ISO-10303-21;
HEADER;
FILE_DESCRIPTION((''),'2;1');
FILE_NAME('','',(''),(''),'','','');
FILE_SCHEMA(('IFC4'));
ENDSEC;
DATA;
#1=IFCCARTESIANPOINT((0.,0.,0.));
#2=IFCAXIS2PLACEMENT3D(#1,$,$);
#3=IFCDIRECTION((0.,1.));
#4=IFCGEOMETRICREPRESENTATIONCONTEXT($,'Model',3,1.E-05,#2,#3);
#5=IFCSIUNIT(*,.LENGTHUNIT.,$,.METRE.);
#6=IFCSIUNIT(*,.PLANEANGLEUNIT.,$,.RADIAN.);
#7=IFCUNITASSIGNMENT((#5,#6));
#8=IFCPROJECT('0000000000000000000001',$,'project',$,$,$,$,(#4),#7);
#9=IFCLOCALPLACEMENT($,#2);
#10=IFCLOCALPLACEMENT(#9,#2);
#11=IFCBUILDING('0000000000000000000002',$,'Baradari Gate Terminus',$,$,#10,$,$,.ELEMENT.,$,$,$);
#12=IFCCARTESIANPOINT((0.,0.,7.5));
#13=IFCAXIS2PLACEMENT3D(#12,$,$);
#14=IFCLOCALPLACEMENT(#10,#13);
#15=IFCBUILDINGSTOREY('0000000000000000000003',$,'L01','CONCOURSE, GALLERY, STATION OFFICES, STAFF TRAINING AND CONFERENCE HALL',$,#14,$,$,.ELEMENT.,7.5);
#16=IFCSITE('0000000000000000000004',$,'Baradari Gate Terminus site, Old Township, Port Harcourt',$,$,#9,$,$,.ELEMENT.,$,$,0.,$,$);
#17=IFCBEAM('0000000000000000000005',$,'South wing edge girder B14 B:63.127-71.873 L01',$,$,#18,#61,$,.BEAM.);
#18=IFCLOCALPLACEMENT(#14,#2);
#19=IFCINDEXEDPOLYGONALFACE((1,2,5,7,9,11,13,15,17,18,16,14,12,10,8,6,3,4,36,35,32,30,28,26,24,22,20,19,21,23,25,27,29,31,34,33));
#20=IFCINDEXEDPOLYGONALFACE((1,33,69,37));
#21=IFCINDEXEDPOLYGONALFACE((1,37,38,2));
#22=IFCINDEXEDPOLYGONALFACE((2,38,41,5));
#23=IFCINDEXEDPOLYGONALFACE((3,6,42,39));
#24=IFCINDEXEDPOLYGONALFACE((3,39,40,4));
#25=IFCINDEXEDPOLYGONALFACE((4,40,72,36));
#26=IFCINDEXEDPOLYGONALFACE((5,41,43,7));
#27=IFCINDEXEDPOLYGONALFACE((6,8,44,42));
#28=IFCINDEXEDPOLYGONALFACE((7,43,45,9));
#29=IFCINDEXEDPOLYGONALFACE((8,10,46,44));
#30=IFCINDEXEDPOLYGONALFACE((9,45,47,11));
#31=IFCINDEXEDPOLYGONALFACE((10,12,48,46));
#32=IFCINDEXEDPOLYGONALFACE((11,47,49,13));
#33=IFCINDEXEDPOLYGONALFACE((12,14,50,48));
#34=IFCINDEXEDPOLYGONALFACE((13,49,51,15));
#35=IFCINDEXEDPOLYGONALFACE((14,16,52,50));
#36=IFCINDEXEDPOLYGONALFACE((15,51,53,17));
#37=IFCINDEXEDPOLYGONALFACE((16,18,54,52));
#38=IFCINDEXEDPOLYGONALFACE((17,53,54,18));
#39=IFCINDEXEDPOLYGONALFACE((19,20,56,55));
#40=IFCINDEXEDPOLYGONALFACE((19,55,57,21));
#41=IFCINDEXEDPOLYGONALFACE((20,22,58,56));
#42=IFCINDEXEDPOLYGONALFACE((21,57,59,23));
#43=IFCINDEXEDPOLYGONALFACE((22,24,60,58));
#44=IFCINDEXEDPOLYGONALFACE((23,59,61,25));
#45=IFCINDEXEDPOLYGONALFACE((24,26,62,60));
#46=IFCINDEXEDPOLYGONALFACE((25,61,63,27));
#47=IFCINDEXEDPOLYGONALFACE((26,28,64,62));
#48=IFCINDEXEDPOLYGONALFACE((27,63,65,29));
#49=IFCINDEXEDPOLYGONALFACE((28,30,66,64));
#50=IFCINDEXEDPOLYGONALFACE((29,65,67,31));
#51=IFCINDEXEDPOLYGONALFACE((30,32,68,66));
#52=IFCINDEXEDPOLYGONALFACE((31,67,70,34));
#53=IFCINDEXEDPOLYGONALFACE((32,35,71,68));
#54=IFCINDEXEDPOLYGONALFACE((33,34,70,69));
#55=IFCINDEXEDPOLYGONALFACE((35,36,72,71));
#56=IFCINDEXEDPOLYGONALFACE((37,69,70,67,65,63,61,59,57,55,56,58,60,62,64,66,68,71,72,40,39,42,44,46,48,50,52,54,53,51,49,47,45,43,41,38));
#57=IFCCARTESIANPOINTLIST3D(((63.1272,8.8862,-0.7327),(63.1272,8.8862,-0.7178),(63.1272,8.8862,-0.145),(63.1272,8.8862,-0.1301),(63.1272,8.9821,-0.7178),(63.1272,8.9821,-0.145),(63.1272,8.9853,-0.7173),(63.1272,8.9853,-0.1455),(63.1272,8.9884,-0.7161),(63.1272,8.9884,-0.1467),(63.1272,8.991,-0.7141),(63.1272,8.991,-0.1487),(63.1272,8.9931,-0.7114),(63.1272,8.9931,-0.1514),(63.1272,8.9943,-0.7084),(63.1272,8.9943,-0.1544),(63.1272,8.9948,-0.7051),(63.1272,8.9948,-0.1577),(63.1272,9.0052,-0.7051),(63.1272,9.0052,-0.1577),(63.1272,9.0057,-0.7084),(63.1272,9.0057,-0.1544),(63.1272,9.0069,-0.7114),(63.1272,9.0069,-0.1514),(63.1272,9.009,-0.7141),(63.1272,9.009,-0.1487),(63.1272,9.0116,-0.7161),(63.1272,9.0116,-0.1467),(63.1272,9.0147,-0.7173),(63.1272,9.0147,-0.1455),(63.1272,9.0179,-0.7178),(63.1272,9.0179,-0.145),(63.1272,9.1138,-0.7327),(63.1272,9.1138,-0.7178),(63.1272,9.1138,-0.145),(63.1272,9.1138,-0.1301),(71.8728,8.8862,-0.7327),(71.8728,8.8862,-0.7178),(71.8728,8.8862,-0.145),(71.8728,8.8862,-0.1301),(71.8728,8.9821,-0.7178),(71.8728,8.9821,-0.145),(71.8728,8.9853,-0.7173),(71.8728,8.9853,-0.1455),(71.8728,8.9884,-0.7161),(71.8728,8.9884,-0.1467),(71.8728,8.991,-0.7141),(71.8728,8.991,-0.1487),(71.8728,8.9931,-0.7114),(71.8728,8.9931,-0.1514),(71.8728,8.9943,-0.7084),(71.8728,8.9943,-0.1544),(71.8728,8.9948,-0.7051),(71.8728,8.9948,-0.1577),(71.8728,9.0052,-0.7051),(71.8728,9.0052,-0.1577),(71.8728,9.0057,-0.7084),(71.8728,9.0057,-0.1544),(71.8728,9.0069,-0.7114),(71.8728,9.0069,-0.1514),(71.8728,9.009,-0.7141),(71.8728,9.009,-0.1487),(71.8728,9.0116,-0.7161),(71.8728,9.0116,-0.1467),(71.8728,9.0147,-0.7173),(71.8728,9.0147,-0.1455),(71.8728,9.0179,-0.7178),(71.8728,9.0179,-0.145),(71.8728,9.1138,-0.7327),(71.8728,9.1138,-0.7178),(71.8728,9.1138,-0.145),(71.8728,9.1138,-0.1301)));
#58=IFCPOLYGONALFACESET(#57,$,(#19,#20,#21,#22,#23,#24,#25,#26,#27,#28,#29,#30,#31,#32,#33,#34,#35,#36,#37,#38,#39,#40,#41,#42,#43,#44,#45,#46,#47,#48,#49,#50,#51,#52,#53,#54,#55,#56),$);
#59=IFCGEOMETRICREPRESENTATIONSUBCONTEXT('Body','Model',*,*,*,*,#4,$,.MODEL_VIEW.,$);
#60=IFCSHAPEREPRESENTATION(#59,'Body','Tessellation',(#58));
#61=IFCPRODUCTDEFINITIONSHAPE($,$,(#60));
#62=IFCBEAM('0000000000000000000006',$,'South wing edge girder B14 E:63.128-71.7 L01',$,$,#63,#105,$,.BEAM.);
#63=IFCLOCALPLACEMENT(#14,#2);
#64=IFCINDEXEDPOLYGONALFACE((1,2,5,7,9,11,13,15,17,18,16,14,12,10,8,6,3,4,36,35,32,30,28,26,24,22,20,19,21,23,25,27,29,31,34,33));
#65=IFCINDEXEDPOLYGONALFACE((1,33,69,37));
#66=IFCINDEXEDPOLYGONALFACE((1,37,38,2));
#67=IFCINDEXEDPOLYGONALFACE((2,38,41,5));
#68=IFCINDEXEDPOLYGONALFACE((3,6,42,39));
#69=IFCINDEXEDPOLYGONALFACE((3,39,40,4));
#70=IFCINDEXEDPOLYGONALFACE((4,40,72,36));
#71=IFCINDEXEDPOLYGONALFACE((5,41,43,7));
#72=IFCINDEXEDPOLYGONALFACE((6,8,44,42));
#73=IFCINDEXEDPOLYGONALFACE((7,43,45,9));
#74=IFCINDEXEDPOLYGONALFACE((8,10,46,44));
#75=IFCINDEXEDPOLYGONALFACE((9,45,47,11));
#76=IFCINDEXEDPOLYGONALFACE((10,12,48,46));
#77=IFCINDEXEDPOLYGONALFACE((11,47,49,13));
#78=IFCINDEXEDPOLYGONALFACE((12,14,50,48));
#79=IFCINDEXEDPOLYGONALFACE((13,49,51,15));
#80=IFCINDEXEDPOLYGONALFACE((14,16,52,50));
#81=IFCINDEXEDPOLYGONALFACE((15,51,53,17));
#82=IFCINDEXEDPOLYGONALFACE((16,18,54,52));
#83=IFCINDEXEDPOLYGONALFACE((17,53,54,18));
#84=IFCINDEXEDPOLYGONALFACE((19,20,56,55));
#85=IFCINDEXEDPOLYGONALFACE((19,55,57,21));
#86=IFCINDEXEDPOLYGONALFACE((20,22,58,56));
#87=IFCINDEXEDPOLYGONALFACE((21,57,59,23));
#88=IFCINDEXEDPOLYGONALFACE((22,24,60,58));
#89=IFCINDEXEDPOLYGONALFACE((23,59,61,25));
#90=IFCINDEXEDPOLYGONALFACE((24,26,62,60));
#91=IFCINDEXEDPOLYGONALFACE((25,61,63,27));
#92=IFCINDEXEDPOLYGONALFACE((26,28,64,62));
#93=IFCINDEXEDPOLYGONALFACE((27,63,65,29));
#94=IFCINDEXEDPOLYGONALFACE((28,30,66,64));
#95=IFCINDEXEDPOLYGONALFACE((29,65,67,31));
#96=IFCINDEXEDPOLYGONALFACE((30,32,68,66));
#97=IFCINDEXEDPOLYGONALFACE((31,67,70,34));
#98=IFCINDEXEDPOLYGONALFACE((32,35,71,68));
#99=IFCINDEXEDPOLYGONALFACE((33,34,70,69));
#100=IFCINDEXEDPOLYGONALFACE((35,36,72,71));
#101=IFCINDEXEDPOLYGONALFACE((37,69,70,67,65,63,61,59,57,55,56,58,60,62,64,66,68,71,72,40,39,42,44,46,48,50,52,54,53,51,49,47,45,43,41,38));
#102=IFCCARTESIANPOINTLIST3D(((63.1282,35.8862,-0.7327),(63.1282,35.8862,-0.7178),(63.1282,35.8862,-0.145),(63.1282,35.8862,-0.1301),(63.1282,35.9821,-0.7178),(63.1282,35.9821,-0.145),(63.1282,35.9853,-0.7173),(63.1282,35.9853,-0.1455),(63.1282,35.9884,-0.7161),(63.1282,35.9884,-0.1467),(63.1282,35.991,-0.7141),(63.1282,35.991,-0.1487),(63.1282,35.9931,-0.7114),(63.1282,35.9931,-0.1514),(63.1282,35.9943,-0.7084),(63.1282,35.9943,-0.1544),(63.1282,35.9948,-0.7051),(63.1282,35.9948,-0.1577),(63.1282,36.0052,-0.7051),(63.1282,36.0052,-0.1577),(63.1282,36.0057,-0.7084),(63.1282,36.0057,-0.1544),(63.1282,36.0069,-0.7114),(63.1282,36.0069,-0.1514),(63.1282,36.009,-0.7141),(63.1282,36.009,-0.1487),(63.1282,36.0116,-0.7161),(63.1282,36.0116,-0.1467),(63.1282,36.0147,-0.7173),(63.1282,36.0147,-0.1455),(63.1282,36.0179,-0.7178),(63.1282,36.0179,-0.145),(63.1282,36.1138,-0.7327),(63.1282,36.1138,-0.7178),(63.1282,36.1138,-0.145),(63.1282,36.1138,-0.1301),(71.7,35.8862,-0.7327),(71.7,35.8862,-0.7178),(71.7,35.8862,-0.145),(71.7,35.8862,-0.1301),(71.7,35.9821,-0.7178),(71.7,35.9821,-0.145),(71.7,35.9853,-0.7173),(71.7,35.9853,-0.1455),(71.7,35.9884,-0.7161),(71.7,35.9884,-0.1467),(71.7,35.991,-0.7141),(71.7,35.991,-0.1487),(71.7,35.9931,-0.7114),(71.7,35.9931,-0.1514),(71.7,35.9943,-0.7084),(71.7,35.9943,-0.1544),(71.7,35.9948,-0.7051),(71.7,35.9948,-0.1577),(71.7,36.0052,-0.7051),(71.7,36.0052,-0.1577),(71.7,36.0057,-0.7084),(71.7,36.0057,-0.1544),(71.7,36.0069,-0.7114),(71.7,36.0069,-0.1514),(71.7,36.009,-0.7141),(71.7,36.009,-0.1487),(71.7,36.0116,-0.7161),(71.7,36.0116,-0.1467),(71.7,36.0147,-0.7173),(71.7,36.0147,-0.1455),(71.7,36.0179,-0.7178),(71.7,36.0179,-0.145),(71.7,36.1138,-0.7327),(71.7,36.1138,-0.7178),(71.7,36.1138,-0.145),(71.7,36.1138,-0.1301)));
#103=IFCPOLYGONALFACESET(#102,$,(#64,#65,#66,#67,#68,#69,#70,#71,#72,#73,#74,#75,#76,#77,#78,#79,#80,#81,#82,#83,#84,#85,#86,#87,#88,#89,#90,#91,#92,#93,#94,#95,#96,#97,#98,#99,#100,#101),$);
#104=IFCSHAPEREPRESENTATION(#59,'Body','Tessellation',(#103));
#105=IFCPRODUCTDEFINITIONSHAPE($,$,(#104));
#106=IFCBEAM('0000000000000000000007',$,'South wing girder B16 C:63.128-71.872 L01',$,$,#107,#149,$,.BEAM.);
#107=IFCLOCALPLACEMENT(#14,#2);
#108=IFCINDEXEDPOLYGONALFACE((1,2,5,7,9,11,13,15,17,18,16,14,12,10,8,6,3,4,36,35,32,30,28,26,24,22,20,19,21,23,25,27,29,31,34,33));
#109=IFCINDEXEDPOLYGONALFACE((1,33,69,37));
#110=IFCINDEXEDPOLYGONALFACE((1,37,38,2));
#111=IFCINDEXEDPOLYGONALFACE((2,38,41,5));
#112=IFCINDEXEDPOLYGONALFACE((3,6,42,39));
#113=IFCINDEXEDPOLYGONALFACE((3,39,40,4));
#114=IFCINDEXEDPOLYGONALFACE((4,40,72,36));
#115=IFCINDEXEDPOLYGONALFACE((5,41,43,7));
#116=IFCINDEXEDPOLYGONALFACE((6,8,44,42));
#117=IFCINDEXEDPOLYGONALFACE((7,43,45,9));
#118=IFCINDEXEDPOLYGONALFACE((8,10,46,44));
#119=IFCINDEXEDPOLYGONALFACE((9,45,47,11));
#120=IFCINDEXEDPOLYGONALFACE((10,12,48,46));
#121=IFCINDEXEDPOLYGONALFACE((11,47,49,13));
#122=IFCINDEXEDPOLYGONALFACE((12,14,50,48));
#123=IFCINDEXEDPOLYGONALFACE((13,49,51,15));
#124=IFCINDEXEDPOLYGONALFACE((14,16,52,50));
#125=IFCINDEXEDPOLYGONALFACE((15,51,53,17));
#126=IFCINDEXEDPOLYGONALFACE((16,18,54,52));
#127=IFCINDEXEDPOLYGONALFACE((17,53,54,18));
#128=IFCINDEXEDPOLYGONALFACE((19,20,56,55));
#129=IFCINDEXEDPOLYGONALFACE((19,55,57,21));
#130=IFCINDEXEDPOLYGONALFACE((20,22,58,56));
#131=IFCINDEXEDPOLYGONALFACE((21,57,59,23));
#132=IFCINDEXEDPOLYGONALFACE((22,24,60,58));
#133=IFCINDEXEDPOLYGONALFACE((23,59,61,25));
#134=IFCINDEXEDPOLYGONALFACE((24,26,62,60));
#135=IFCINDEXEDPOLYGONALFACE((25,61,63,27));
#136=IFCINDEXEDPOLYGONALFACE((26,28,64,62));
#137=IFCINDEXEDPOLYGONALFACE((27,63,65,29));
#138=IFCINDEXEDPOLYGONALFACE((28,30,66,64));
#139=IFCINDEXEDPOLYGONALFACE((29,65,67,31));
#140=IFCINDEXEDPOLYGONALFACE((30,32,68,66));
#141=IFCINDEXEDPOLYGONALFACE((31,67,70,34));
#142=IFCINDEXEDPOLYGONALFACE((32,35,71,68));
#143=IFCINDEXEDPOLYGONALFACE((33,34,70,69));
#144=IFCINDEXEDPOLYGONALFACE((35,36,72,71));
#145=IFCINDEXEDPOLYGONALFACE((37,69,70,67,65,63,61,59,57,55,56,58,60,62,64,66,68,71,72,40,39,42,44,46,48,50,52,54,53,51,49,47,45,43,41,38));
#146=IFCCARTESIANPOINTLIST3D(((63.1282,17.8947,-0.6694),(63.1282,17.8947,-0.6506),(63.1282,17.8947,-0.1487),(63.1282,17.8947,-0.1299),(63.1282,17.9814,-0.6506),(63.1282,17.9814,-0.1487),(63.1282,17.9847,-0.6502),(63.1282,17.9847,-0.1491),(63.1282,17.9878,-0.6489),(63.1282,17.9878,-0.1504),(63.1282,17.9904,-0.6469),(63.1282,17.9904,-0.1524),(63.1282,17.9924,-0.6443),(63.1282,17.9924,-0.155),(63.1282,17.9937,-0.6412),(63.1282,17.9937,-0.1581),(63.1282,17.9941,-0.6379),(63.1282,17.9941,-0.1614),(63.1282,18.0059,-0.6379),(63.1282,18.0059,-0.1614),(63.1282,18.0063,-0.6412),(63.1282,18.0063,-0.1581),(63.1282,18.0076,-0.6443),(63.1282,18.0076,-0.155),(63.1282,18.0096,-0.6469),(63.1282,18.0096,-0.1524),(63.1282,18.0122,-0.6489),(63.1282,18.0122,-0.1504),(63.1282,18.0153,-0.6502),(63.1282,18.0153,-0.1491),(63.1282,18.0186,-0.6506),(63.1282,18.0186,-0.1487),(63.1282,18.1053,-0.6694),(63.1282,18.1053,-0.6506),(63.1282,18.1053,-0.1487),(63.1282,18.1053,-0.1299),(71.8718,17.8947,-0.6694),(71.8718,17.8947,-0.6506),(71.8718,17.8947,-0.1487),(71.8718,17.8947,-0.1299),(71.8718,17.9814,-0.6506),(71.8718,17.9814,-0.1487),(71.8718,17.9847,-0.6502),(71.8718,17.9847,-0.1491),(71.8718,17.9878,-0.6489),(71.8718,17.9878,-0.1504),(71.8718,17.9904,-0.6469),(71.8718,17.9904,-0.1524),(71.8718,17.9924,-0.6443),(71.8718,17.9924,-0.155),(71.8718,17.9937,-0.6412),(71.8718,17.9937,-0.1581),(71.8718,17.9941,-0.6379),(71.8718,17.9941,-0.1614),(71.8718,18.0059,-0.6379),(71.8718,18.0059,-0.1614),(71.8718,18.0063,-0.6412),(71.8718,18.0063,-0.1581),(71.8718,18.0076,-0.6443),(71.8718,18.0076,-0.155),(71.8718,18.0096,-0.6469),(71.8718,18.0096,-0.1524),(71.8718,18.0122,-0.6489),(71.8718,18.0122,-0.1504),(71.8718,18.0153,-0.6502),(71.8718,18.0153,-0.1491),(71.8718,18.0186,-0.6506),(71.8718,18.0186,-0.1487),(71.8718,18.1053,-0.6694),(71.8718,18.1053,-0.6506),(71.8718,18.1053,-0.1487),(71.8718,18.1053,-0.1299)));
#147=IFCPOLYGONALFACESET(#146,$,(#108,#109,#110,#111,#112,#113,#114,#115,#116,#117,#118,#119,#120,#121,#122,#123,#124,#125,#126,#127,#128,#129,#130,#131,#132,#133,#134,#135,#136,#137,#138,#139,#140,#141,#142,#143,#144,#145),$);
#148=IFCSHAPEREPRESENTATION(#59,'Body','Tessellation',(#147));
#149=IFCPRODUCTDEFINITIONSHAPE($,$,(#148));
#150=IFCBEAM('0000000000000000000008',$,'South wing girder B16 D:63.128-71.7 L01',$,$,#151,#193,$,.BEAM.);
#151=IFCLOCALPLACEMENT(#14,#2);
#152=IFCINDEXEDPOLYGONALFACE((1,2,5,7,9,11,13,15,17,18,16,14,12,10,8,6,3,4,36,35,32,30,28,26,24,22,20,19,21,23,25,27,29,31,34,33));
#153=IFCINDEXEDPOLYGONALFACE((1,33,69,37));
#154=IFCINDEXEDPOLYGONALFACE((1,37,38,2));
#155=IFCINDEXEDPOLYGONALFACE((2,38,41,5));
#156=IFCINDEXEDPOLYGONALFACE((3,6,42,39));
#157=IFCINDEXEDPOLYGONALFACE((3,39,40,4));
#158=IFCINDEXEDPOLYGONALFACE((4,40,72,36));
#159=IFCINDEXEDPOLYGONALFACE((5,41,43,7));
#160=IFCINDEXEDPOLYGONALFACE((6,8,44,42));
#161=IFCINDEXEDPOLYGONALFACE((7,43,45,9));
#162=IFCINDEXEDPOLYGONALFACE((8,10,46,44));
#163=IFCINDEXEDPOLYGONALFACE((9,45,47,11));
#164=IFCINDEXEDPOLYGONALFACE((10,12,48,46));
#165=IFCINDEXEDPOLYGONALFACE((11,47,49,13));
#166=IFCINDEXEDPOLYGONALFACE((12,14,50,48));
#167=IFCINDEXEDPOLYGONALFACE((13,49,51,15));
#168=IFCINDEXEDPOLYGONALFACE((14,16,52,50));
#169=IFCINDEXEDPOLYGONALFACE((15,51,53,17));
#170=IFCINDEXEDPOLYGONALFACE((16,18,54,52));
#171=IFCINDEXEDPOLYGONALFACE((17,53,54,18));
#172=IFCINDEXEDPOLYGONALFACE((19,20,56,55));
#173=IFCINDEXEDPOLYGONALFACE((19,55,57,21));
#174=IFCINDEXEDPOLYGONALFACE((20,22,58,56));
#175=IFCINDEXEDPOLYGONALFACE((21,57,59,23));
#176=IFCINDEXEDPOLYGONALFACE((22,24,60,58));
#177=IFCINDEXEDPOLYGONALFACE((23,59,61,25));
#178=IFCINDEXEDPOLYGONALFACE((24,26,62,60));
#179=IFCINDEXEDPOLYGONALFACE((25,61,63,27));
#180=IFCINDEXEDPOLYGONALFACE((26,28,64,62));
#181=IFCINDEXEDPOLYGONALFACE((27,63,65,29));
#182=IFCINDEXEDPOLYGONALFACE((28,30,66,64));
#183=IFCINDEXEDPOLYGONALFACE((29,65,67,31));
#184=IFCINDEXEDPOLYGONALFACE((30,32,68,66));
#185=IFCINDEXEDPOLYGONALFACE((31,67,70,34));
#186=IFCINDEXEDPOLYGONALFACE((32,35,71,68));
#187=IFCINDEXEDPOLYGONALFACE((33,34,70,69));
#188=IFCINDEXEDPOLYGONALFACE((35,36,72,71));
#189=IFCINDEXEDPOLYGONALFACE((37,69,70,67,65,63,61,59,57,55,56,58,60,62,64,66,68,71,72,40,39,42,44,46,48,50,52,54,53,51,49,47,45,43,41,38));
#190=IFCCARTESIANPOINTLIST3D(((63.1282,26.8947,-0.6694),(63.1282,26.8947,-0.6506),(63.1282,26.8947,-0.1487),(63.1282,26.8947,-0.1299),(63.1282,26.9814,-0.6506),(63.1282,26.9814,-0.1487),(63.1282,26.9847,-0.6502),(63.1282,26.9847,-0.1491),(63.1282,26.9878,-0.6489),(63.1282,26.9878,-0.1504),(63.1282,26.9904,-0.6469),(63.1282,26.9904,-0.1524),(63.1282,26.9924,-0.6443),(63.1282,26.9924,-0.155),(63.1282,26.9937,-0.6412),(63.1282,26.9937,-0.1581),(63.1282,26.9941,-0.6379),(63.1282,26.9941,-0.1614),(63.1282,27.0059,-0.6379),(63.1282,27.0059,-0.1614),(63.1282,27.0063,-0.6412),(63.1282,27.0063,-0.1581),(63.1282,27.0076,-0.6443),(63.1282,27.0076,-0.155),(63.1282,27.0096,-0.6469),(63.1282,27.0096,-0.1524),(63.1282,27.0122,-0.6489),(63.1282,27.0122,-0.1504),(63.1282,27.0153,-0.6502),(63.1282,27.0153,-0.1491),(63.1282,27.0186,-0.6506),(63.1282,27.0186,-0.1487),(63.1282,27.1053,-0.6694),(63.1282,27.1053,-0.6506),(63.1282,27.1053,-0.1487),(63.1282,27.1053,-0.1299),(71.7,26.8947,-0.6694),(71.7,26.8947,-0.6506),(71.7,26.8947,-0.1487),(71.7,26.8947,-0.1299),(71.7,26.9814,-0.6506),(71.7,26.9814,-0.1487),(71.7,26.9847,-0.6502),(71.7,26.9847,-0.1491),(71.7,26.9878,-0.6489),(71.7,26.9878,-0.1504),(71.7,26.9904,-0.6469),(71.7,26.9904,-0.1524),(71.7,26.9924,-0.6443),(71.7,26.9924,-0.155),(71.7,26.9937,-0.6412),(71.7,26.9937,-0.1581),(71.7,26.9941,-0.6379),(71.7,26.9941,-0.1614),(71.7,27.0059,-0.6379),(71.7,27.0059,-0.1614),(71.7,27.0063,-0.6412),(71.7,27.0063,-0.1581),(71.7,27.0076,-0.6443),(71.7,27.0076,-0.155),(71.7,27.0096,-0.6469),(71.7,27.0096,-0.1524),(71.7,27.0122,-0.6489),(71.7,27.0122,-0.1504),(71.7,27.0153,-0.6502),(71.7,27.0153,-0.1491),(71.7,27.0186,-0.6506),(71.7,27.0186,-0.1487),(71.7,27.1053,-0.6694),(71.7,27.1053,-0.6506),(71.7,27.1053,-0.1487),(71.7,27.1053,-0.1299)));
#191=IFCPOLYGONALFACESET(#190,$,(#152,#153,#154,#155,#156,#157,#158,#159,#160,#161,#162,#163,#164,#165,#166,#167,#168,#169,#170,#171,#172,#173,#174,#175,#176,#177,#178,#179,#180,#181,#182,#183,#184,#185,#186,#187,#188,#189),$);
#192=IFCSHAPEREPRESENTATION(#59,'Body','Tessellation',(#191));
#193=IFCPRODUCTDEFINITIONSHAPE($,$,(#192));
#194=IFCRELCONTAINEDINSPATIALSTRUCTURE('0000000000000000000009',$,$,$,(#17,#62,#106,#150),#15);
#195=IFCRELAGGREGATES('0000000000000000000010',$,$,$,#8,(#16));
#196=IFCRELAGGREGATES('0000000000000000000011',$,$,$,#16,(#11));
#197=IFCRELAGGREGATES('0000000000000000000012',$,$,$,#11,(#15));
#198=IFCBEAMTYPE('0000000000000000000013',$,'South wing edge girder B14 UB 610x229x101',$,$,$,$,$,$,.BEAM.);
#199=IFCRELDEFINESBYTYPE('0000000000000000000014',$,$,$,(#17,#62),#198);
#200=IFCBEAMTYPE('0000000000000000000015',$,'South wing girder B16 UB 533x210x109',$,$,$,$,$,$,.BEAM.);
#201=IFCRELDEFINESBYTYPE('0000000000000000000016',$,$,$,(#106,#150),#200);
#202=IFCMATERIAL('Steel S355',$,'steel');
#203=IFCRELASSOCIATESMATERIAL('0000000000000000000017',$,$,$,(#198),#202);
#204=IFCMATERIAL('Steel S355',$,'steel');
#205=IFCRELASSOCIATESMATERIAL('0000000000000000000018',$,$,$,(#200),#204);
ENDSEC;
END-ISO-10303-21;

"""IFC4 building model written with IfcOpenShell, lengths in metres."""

from ifc_helpers import new_model, si_unit, direction, frame, origin, origin_2d, place, context, subcontext, project, spatial, i_section, extrude, material, material_profile, profile_set, type_object, element, save


model = new_model("IFC4")

# Units and contexts
model_context = context("Model", 3, precision=1e-05, world=origin(), true_north=direction((0.0, 1.0)))
body_context = subcontext(model_context, "Body", "Model", "MODEL_VIEW")
ifc_project = project(units=[si_unit("LENGTHUNIT", "METRE"), si_unit("PLANEANGLEUNIT", "RADIAN")], contexts=[model_context])

# Site, building, storey
site_placement = place(None, origin())
site = spatial("IfcSite", under=ifc_project, at=site_placement, Name="Baradari Gate Terminus site, Old Township, Port Harcourt", CompositionType="ELEMENT", RefElevation=0.0)
building_placement = place(site_placement, origin())
building = spatial("IfcBuilding", under=site, at=building_placement, Name="Baradari Gate Terminus", CompositionType="ELEMENT")
storey_placement = place(building_placement, frame((0.0, 0.0, 7.5)))
storey = spatial("IfcBuildingStorey", under=building, at=storey_placement, Name="L01", Description="CONCOURSE, GALLERY, STATION OFFICES, STAFF TRAINING AND CONFERENCE HALL", CompositionType="ELEMENT", Elevation=7.5)

# Beams
ifc_material_1 = material(Name="Steel S355", Category="steel")
ifc_material_profile_1 = material_profile(ifc_material_1, i_section(OverallWidth=0.2275, OverallDepth=0.6025, WebThickness=0.0105, FlangeThickness=0.0149, FilletRadius=0.0127, at=origin_2d()), Name="UB 610x229x101")
ifc_profile_set_1 = profile_set([ifc_material_profile_1], Name="Steel S355")
beam_type_1 = type_object("IfcBeamType", Name="South wing edge girder B14 UB 610x229x101", PredefinedType="BEAM", material=ifc_profile_set_1)
beam_1_placement = place(storey_placement, frame((63.1272, 9.0, -0.4314), z_axis=(1.0, 0.0, 0.0), x_axis=(0.0, 1.0, 0.0)))
element("IfcBeam", 1, at=beam_1_placement, inside=storey, type_object=beam_type_1, Name="South wing edge girder B14 B:63.127-71.873 L01", PredefinedType="BEAM", context=body_context, shape_type="SweptSolid", body=[
    extrude(i_section(OverallWidth=0.2275, OverallDepth=0.6025, WebThickness=0.0105, FlangeThickness=0.0149, FilletRadius=0.0127, at=origin_2d()), origin(), (0.0, 0.0, 1.0), 8.7456),
])
beam_2_placement = place(storey_placement, frame((63.1282, 36.0, -0.4314), z_axis=(1.0, 0.0, 0.0), x_axis=(0.0, 1.0, 0.0)))
element("IfcBeam", 2, at=beam_2_placement, inside=storey, type_object=beam_type_1, Name="South wing edge girder B14 E:63.128-71.7 L01", PredefinedType="BEAM", context=body_context, shape_type="SweptSolid", body=[
    extrude(i_section(OverallWidth=0.2275, OverallDepth=0.6025, WebThickness=0.0105, FlangeThickness=0.0149, FilletRadius=0.0127, at=origin_2d()), origin(), (0.0, 0.0, 1.0), 8.5718),
])
ifc_material_2 = material(Name="Steel S355", Category="steel")
ifc_material_profile_2 = material_profile(ifc_material_2, i_section(OverallWidth=0.2107, OverallDepth=0.5396, WebThickness=0.0117, FlangeThickness=0.0188, FilletRadius=0.0127, at=origin_2d()), Name="UB 533x210x109")
ifc_profile_set_2 = profile_set([ifc_material_profile_2], Name="Steel S355")
beam_type_2 = type_object("IfcBeamType", Name="South wing girder B16 UB 533x210x109", PredefinedType="BEAM", material=ifc_profile_set_2)
beam_3_placement = place(storey_placement, frame((63.1282, 18.0, -0.3997), z_axis=(1.0, 0.0, 0.0), x_axis=(0.0, 1.0, 0.0)))
element("IfcBeam", 3, at=beam_3_placement, inside=storey, type_object=beam_type_2, Name="South wing girder B16 C:63.128-71.872 L01", PredefinedType="BEAM", context=body_context, shape_type="SweptSolid", body=[
    extrude(i_section(OverallWidth=0.2107, OverallDepth=0.5396, WebThickness=0.0117, FlangeThickness=0.0188, FilletRadius=0.0127, at=origin_2d()), origin(), (0.0, 0.0, 1.0), 8.7437),
])
beam_4_placement = place(storey_placement, frame((63.1282, 27.0, -0.3997), z_axis=(1.0, 0.0, 0.0), x_axis=(0.0, 1.0, 0.0)))
element("IfcBeam", 4, at=beam_4_placement, inside=storey, type_object=beam_type_2, Name="South wing girder B16 D:63.128-71.7 L01", PredefinedType="BEAM", context=body_context, shape_type="SweptSolid", body=[
    extrude(i_section(OverallWidth=0.2107, OverallDepth=0.5396, WebThickness=0.0117, FlangeThickness=0.0188, FilletRadius=0.0127, at=origin_2d()), origin(), (0.0, 0.0, 1.0), 8.5718),
])

save(model, "model.ifc")
